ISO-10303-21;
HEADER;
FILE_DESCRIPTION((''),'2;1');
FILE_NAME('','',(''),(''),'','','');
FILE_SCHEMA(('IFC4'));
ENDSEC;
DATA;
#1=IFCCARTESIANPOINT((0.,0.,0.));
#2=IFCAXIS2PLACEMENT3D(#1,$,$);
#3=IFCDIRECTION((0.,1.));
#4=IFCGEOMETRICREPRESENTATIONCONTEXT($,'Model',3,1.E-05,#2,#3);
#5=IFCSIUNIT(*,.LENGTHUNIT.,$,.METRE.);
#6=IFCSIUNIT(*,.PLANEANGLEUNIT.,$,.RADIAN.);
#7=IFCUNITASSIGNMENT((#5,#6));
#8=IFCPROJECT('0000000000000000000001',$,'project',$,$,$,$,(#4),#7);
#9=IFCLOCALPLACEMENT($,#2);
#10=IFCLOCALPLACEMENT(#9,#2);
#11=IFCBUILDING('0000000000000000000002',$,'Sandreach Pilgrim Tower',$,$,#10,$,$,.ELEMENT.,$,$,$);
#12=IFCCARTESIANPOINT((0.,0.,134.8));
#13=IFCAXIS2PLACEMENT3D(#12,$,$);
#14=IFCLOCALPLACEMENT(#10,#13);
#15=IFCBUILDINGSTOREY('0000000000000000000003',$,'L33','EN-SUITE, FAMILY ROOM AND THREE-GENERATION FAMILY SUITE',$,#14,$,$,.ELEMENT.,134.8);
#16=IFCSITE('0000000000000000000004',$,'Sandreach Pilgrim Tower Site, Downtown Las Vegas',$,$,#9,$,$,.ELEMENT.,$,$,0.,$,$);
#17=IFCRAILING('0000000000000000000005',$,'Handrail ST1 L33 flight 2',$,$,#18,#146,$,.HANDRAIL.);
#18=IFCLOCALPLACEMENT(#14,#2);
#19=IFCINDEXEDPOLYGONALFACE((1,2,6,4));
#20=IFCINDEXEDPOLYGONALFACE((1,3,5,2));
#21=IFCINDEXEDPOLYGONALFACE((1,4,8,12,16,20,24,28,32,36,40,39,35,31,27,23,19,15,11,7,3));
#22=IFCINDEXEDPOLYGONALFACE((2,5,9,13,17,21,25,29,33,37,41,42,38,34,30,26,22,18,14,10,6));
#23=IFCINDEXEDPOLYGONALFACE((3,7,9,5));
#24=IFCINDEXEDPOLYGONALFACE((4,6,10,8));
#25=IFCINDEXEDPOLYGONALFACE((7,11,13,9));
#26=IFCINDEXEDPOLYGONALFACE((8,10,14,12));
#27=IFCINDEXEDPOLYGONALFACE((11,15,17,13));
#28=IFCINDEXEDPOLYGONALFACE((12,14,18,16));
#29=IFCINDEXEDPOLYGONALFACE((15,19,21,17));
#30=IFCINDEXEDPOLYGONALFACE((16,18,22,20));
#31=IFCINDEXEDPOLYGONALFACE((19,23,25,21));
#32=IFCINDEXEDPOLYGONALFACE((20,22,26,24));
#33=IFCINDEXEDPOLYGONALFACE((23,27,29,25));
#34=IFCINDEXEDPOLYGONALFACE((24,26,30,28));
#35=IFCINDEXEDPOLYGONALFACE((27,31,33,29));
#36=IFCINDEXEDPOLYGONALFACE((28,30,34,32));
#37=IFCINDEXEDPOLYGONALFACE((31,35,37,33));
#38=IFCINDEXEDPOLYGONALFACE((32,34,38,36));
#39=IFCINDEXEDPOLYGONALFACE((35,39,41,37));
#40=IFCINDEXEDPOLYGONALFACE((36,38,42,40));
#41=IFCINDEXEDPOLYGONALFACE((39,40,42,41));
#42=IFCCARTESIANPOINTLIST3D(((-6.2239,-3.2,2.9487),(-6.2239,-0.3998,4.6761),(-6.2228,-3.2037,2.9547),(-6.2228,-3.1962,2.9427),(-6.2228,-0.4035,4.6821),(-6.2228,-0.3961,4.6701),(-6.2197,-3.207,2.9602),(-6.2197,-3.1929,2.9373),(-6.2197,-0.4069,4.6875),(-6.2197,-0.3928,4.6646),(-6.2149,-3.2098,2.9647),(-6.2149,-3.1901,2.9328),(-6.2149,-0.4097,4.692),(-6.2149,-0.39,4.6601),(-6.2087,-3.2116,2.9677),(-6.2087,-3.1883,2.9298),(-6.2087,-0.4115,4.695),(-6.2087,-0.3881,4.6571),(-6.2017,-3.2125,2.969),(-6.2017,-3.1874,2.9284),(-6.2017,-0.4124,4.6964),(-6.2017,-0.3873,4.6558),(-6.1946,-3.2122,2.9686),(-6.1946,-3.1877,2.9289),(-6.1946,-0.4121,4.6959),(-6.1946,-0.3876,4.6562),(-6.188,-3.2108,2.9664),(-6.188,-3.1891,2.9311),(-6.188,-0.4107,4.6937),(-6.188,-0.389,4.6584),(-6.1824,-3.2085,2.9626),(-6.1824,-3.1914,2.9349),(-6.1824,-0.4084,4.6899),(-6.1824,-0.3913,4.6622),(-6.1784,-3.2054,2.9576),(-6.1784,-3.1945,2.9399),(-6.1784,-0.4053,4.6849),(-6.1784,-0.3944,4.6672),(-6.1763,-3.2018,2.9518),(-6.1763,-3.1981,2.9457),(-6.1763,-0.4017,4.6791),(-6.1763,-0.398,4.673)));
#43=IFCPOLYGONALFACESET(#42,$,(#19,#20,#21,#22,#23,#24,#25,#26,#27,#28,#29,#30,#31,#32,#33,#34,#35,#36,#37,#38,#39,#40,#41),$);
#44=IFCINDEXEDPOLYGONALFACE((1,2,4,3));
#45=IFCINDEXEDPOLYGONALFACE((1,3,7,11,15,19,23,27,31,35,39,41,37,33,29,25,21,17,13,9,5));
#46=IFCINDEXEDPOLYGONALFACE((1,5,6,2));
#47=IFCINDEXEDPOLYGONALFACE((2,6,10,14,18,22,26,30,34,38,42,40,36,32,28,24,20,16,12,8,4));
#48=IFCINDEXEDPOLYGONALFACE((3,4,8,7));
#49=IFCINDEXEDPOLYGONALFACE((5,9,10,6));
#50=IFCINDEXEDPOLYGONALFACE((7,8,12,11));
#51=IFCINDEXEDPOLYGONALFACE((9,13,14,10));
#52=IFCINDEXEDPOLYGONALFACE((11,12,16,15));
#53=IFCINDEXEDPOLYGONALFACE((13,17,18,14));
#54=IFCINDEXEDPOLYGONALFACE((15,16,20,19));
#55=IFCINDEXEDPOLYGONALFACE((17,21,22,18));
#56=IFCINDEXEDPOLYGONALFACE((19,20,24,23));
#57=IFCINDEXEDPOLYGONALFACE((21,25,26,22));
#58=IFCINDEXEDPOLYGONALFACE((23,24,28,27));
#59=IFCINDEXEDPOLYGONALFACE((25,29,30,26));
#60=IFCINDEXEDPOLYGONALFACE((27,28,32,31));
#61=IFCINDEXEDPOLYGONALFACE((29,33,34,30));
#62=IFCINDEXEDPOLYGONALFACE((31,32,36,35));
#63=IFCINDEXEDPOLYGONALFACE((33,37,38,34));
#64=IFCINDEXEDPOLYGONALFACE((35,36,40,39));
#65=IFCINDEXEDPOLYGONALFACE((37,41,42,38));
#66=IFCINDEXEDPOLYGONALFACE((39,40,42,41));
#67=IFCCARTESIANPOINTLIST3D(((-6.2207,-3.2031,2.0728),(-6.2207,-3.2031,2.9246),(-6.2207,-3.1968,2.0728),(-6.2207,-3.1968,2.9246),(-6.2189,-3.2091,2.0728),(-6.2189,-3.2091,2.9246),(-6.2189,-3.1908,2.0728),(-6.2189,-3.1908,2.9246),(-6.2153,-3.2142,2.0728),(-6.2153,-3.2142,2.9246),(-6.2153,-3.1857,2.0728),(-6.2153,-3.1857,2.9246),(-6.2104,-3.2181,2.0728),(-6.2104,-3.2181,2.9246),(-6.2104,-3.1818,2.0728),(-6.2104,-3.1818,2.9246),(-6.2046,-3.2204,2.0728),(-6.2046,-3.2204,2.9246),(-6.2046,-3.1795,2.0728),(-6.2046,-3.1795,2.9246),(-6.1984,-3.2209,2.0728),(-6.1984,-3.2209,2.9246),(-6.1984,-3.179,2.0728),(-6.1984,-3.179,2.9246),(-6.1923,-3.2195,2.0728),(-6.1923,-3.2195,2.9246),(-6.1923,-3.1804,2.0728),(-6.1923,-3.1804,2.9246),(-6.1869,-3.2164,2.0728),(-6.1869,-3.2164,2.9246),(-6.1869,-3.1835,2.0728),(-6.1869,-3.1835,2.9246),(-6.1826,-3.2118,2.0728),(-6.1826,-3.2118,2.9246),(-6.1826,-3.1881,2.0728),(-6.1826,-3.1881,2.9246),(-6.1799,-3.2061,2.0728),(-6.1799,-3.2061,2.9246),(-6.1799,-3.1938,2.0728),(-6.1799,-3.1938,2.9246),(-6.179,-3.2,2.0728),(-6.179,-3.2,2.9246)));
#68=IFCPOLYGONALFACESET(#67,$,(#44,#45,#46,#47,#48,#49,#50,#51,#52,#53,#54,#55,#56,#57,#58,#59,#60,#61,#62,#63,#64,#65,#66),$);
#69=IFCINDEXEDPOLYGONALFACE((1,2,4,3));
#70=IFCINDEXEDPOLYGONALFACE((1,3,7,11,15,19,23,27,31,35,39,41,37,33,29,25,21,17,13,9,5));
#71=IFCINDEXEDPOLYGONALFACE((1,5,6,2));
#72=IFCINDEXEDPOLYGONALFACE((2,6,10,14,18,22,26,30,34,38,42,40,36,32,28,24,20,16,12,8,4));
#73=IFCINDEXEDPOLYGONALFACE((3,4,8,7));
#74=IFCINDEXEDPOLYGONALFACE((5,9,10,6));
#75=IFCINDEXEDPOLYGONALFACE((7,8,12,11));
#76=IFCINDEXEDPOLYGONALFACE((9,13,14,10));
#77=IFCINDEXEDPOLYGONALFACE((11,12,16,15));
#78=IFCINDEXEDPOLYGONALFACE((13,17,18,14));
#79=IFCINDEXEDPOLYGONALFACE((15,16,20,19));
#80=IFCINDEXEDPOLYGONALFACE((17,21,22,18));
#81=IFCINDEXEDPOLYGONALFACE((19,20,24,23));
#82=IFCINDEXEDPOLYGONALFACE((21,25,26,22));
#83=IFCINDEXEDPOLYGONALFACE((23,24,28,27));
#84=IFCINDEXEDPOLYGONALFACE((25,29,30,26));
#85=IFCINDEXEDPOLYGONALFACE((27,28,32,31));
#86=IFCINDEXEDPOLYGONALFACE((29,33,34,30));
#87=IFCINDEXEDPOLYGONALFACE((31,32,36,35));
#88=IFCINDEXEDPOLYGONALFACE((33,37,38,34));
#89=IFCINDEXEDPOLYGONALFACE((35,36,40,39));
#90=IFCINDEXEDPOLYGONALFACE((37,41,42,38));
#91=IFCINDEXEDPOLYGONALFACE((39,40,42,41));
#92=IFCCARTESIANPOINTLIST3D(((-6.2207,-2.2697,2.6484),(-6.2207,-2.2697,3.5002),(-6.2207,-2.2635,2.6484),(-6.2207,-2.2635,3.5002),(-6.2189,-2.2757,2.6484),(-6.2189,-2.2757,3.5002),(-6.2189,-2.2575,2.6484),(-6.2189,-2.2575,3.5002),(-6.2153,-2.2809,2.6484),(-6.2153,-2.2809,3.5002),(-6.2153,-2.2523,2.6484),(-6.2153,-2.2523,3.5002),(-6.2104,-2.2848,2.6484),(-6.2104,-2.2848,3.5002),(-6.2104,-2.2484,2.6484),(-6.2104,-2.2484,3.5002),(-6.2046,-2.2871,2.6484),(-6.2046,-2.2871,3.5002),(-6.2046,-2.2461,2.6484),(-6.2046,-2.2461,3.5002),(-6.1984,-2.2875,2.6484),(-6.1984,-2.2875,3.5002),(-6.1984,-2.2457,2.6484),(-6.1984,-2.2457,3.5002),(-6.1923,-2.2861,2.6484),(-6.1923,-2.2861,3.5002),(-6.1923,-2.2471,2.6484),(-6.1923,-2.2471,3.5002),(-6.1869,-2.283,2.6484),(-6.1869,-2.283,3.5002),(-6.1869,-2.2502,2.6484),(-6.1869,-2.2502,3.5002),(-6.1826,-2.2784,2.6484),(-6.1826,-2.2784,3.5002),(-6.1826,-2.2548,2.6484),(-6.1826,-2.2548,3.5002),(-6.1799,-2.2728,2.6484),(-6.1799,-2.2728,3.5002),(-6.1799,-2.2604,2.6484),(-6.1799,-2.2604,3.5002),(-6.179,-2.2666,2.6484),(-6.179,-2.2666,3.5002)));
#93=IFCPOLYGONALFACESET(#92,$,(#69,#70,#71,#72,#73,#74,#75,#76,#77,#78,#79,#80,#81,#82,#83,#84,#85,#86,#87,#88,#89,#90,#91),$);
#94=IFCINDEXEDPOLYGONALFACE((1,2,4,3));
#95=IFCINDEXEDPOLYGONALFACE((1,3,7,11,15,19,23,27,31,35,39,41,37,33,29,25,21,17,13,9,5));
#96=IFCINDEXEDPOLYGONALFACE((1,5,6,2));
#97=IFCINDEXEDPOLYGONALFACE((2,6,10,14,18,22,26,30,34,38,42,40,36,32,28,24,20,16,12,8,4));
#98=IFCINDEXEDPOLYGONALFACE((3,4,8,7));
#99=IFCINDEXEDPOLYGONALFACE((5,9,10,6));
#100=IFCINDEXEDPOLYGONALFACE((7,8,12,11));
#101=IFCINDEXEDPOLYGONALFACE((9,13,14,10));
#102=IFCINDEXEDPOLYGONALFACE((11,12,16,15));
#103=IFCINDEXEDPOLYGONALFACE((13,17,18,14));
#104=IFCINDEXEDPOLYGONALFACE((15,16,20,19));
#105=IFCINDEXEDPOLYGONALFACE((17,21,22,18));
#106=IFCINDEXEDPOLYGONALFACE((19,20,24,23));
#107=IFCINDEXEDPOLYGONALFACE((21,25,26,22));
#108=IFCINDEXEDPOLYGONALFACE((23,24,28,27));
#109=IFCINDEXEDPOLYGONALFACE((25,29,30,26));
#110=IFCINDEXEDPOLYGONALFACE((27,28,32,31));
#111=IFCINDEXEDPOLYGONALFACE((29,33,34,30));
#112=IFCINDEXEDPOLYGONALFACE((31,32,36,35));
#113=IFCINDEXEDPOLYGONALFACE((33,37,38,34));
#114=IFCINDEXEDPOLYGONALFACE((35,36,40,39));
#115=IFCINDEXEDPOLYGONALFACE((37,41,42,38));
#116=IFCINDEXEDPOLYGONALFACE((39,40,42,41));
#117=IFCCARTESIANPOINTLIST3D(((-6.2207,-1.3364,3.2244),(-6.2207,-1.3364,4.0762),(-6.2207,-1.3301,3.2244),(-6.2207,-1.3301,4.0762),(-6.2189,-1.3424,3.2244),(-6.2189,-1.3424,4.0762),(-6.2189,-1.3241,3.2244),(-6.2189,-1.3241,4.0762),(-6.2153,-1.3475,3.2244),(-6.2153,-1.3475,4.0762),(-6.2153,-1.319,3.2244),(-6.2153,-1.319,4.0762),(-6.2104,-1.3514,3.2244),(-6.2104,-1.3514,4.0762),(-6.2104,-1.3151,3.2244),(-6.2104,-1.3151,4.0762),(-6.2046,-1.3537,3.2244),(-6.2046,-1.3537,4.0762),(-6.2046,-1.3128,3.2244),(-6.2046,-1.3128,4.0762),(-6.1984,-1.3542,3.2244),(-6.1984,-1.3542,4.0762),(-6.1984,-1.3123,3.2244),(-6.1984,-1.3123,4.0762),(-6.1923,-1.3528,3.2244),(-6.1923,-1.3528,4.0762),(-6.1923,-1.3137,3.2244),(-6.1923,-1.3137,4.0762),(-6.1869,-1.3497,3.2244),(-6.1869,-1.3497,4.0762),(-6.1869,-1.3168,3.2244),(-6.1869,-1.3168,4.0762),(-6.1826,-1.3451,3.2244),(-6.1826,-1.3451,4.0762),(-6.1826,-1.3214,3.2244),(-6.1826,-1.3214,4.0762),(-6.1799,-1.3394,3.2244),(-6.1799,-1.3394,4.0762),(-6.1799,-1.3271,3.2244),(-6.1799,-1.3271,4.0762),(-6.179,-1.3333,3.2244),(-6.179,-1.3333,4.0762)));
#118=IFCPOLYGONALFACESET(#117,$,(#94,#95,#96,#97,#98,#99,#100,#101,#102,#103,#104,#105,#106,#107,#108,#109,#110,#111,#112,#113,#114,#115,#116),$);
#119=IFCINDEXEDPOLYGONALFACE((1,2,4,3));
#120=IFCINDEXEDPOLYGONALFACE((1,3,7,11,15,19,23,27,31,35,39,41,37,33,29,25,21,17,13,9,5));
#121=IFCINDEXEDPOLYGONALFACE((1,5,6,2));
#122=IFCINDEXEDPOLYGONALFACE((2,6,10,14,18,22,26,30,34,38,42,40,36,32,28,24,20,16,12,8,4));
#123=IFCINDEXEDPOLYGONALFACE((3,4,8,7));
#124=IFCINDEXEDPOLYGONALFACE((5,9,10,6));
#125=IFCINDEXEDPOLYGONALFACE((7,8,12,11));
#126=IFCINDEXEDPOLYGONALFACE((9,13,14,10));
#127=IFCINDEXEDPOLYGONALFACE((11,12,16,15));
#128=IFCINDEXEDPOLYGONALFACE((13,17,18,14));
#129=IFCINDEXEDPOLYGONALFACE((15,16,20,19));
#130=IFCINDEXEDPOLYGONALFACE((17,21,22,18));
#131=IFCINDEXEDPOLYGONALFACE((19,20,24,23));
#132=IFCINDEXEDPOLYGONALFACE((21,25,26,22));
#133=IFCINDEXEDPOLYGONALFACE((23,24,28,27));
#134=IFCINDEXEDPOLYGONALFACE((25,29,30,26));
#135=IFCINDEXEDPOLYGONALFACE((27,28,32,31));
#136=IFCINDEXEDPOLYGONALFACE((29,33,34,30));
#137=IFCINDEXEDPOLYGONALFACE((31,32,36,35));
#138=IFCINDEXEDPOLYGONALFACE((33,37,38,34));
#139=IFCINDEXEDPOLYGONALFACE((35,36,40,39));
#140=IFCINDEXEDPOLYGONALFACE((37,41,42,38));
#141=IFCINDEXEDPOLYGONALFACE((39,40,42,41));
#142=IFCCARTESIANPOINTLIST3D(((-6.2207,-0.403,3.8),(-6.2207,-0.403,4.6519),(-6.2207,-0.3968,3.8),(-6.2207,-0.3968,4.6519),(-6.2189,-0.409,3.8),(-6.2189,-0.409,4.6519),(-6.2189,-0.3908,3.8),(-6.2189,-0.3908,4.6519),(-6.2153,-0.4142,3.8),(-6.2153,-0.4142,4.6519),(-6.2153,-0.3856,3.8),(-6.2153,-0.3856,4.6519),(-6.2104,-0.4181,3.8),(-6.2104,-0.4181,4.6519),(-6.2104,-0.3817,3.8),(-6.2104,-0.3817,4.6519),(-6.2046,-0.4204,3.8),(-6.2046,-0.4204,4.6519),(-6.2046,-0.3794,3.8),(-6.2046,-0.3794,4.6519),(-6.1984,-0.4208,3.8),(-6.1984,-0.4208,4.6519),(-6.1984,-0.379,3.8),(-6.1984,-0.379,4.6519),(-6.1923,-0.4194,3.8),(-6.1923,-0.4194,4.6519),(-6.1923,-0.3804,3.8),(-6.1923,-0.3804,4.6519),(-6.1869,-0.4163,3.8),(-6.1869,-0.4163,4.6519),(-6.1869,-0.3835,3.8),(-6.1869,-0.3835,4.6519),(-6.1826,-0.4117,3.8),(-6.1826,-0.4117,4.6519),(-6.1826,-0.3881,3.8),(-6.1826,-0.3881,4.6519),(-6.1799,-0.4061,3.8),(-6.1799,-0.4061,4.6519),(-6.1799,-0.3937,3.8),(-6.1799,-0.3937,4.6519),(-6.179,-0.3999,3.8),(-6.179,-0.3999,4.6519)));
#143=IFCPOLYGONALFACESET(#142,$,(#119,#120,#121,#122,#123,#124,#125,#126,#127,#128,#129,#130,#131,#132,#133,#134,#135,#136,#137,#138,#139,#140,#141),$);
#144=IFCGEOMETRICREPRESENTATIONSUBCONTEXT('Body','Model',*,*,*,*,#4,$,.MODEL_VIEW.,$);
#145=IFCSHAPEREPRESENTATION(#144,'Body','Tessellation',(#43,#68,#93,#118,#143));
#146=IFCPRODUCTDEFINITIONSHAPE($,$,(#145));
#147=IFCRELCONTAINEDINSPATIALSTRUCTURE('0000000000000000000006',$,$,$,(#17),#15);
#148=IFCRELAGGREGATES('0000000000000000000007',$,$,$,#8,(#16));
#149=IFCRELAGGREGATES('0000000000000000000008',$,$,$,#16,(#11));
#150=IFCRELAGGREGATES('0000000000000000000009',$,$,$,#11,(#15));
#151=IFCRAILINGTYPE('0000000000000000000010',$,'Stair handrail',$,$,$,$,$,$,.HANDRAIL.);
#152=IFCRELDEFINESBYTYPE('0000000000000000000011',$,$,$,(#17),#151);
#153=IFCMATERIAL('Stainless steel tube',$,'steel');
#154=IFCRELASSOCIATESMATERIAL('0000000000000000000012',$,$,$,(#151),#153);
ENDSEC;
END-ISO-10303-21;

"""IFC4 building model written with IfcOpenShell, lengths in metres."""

from ifc_helpers import new_model, si_unit, direction, frame, origin, origin_2d, place, context, subcontext, project, spatial, circle, extrude, material, type_object, element, save


model = new_model("IFC4")

# Units and contexts
model_context = context("Model", 3, precision=1e-05, world=origin(), true_north=direction((0.0, 1.0)))
body_context = subcontext(model_context, "Body", "Model", "MODEL_VIEW")
ifc_project = project(units=[si_unit("LENGTHUNIT", "METRE"), si_unit("PLANEANGLEUNIT", "RADIAN")], contexts=[model_context])

# Site, building, storey
site_placement = place(None, origin())
site = spatial("IfcSite", under=ifc_project, at=site_placement, Name="Sandreach Pilgrim Tower Site, Downtown Las Vegas", CompositionType="ELEMENT", RefElevation=0.0)
building_placement = place(site_placement, origin())
building = spatial("IfcBuilding", under=site, at=building_placement, Name="Sandreach Pilgrim Tower", CompositionType="ELEMENT")
storey_placement = place(building_placement, frame((0.0, 0.0, 134.8)))
storey = spatial("IfcBuildingStorey", under=building, at=storey_placement, Name="L33", Description="EN-SUITE, FAMILY ROOM AND THREE-GENERATION FAMILY SUITE", CompositionType="ELEMENT", Elevation=134.8)

# Railing
ifc_material_1 = material(Name="Stainless steel tube", Category="steel")
railing_type = type_object("IfcRailingType", Name="Stair handrail", PredefinedType="HANDRAIL", material=ifc_material_1)
for number, where, name in (
    (1, (-6.2, -3.2, 2.0728), "Handrail ST1 L33 flight 2"),
):
    element("IfcRailing", number, at=place(storey_placement, frame(where)), inside=storey, type_object=railing_type, Name=name, PredefinedType="HANDRAIL", context=body_context, shape_type="SweptSolid", body=[
        extrude(circle(Radius=0.0239, at=origin_2d()), frame((0.0, 0.0, 0.876), z_axis=(0.0, 0.85109, 0.52502), x_axis=(-1.0, 0.0, 0.0)), (0.0, 0.0, 1.0), 3.29),
        extrude(circle(Radius=0.021, at=origin_2d()), origin(), (0.0, 0.0, 1.0), 0.8518),
        extrude(circle(Radius=0.021, at=origin_2d()), frame((0.0, 0.9333, 0.5757)), (0.0, 0.0, 1.0), 0.8518),
        extrude(circle(Radius=0.021, at=origin_2d()), frame((0.0, 1.8667, 1.1516)), (0.0, 0.0, 1.0), 0.8518),
        extrude(circle(Radius=0.021, at=origin_2d()), frame((0.0, 2.8, 1.7273)), (0.0, 0.0, 1.0), 0.8518),
    ])

save(model, "model.ifc")
